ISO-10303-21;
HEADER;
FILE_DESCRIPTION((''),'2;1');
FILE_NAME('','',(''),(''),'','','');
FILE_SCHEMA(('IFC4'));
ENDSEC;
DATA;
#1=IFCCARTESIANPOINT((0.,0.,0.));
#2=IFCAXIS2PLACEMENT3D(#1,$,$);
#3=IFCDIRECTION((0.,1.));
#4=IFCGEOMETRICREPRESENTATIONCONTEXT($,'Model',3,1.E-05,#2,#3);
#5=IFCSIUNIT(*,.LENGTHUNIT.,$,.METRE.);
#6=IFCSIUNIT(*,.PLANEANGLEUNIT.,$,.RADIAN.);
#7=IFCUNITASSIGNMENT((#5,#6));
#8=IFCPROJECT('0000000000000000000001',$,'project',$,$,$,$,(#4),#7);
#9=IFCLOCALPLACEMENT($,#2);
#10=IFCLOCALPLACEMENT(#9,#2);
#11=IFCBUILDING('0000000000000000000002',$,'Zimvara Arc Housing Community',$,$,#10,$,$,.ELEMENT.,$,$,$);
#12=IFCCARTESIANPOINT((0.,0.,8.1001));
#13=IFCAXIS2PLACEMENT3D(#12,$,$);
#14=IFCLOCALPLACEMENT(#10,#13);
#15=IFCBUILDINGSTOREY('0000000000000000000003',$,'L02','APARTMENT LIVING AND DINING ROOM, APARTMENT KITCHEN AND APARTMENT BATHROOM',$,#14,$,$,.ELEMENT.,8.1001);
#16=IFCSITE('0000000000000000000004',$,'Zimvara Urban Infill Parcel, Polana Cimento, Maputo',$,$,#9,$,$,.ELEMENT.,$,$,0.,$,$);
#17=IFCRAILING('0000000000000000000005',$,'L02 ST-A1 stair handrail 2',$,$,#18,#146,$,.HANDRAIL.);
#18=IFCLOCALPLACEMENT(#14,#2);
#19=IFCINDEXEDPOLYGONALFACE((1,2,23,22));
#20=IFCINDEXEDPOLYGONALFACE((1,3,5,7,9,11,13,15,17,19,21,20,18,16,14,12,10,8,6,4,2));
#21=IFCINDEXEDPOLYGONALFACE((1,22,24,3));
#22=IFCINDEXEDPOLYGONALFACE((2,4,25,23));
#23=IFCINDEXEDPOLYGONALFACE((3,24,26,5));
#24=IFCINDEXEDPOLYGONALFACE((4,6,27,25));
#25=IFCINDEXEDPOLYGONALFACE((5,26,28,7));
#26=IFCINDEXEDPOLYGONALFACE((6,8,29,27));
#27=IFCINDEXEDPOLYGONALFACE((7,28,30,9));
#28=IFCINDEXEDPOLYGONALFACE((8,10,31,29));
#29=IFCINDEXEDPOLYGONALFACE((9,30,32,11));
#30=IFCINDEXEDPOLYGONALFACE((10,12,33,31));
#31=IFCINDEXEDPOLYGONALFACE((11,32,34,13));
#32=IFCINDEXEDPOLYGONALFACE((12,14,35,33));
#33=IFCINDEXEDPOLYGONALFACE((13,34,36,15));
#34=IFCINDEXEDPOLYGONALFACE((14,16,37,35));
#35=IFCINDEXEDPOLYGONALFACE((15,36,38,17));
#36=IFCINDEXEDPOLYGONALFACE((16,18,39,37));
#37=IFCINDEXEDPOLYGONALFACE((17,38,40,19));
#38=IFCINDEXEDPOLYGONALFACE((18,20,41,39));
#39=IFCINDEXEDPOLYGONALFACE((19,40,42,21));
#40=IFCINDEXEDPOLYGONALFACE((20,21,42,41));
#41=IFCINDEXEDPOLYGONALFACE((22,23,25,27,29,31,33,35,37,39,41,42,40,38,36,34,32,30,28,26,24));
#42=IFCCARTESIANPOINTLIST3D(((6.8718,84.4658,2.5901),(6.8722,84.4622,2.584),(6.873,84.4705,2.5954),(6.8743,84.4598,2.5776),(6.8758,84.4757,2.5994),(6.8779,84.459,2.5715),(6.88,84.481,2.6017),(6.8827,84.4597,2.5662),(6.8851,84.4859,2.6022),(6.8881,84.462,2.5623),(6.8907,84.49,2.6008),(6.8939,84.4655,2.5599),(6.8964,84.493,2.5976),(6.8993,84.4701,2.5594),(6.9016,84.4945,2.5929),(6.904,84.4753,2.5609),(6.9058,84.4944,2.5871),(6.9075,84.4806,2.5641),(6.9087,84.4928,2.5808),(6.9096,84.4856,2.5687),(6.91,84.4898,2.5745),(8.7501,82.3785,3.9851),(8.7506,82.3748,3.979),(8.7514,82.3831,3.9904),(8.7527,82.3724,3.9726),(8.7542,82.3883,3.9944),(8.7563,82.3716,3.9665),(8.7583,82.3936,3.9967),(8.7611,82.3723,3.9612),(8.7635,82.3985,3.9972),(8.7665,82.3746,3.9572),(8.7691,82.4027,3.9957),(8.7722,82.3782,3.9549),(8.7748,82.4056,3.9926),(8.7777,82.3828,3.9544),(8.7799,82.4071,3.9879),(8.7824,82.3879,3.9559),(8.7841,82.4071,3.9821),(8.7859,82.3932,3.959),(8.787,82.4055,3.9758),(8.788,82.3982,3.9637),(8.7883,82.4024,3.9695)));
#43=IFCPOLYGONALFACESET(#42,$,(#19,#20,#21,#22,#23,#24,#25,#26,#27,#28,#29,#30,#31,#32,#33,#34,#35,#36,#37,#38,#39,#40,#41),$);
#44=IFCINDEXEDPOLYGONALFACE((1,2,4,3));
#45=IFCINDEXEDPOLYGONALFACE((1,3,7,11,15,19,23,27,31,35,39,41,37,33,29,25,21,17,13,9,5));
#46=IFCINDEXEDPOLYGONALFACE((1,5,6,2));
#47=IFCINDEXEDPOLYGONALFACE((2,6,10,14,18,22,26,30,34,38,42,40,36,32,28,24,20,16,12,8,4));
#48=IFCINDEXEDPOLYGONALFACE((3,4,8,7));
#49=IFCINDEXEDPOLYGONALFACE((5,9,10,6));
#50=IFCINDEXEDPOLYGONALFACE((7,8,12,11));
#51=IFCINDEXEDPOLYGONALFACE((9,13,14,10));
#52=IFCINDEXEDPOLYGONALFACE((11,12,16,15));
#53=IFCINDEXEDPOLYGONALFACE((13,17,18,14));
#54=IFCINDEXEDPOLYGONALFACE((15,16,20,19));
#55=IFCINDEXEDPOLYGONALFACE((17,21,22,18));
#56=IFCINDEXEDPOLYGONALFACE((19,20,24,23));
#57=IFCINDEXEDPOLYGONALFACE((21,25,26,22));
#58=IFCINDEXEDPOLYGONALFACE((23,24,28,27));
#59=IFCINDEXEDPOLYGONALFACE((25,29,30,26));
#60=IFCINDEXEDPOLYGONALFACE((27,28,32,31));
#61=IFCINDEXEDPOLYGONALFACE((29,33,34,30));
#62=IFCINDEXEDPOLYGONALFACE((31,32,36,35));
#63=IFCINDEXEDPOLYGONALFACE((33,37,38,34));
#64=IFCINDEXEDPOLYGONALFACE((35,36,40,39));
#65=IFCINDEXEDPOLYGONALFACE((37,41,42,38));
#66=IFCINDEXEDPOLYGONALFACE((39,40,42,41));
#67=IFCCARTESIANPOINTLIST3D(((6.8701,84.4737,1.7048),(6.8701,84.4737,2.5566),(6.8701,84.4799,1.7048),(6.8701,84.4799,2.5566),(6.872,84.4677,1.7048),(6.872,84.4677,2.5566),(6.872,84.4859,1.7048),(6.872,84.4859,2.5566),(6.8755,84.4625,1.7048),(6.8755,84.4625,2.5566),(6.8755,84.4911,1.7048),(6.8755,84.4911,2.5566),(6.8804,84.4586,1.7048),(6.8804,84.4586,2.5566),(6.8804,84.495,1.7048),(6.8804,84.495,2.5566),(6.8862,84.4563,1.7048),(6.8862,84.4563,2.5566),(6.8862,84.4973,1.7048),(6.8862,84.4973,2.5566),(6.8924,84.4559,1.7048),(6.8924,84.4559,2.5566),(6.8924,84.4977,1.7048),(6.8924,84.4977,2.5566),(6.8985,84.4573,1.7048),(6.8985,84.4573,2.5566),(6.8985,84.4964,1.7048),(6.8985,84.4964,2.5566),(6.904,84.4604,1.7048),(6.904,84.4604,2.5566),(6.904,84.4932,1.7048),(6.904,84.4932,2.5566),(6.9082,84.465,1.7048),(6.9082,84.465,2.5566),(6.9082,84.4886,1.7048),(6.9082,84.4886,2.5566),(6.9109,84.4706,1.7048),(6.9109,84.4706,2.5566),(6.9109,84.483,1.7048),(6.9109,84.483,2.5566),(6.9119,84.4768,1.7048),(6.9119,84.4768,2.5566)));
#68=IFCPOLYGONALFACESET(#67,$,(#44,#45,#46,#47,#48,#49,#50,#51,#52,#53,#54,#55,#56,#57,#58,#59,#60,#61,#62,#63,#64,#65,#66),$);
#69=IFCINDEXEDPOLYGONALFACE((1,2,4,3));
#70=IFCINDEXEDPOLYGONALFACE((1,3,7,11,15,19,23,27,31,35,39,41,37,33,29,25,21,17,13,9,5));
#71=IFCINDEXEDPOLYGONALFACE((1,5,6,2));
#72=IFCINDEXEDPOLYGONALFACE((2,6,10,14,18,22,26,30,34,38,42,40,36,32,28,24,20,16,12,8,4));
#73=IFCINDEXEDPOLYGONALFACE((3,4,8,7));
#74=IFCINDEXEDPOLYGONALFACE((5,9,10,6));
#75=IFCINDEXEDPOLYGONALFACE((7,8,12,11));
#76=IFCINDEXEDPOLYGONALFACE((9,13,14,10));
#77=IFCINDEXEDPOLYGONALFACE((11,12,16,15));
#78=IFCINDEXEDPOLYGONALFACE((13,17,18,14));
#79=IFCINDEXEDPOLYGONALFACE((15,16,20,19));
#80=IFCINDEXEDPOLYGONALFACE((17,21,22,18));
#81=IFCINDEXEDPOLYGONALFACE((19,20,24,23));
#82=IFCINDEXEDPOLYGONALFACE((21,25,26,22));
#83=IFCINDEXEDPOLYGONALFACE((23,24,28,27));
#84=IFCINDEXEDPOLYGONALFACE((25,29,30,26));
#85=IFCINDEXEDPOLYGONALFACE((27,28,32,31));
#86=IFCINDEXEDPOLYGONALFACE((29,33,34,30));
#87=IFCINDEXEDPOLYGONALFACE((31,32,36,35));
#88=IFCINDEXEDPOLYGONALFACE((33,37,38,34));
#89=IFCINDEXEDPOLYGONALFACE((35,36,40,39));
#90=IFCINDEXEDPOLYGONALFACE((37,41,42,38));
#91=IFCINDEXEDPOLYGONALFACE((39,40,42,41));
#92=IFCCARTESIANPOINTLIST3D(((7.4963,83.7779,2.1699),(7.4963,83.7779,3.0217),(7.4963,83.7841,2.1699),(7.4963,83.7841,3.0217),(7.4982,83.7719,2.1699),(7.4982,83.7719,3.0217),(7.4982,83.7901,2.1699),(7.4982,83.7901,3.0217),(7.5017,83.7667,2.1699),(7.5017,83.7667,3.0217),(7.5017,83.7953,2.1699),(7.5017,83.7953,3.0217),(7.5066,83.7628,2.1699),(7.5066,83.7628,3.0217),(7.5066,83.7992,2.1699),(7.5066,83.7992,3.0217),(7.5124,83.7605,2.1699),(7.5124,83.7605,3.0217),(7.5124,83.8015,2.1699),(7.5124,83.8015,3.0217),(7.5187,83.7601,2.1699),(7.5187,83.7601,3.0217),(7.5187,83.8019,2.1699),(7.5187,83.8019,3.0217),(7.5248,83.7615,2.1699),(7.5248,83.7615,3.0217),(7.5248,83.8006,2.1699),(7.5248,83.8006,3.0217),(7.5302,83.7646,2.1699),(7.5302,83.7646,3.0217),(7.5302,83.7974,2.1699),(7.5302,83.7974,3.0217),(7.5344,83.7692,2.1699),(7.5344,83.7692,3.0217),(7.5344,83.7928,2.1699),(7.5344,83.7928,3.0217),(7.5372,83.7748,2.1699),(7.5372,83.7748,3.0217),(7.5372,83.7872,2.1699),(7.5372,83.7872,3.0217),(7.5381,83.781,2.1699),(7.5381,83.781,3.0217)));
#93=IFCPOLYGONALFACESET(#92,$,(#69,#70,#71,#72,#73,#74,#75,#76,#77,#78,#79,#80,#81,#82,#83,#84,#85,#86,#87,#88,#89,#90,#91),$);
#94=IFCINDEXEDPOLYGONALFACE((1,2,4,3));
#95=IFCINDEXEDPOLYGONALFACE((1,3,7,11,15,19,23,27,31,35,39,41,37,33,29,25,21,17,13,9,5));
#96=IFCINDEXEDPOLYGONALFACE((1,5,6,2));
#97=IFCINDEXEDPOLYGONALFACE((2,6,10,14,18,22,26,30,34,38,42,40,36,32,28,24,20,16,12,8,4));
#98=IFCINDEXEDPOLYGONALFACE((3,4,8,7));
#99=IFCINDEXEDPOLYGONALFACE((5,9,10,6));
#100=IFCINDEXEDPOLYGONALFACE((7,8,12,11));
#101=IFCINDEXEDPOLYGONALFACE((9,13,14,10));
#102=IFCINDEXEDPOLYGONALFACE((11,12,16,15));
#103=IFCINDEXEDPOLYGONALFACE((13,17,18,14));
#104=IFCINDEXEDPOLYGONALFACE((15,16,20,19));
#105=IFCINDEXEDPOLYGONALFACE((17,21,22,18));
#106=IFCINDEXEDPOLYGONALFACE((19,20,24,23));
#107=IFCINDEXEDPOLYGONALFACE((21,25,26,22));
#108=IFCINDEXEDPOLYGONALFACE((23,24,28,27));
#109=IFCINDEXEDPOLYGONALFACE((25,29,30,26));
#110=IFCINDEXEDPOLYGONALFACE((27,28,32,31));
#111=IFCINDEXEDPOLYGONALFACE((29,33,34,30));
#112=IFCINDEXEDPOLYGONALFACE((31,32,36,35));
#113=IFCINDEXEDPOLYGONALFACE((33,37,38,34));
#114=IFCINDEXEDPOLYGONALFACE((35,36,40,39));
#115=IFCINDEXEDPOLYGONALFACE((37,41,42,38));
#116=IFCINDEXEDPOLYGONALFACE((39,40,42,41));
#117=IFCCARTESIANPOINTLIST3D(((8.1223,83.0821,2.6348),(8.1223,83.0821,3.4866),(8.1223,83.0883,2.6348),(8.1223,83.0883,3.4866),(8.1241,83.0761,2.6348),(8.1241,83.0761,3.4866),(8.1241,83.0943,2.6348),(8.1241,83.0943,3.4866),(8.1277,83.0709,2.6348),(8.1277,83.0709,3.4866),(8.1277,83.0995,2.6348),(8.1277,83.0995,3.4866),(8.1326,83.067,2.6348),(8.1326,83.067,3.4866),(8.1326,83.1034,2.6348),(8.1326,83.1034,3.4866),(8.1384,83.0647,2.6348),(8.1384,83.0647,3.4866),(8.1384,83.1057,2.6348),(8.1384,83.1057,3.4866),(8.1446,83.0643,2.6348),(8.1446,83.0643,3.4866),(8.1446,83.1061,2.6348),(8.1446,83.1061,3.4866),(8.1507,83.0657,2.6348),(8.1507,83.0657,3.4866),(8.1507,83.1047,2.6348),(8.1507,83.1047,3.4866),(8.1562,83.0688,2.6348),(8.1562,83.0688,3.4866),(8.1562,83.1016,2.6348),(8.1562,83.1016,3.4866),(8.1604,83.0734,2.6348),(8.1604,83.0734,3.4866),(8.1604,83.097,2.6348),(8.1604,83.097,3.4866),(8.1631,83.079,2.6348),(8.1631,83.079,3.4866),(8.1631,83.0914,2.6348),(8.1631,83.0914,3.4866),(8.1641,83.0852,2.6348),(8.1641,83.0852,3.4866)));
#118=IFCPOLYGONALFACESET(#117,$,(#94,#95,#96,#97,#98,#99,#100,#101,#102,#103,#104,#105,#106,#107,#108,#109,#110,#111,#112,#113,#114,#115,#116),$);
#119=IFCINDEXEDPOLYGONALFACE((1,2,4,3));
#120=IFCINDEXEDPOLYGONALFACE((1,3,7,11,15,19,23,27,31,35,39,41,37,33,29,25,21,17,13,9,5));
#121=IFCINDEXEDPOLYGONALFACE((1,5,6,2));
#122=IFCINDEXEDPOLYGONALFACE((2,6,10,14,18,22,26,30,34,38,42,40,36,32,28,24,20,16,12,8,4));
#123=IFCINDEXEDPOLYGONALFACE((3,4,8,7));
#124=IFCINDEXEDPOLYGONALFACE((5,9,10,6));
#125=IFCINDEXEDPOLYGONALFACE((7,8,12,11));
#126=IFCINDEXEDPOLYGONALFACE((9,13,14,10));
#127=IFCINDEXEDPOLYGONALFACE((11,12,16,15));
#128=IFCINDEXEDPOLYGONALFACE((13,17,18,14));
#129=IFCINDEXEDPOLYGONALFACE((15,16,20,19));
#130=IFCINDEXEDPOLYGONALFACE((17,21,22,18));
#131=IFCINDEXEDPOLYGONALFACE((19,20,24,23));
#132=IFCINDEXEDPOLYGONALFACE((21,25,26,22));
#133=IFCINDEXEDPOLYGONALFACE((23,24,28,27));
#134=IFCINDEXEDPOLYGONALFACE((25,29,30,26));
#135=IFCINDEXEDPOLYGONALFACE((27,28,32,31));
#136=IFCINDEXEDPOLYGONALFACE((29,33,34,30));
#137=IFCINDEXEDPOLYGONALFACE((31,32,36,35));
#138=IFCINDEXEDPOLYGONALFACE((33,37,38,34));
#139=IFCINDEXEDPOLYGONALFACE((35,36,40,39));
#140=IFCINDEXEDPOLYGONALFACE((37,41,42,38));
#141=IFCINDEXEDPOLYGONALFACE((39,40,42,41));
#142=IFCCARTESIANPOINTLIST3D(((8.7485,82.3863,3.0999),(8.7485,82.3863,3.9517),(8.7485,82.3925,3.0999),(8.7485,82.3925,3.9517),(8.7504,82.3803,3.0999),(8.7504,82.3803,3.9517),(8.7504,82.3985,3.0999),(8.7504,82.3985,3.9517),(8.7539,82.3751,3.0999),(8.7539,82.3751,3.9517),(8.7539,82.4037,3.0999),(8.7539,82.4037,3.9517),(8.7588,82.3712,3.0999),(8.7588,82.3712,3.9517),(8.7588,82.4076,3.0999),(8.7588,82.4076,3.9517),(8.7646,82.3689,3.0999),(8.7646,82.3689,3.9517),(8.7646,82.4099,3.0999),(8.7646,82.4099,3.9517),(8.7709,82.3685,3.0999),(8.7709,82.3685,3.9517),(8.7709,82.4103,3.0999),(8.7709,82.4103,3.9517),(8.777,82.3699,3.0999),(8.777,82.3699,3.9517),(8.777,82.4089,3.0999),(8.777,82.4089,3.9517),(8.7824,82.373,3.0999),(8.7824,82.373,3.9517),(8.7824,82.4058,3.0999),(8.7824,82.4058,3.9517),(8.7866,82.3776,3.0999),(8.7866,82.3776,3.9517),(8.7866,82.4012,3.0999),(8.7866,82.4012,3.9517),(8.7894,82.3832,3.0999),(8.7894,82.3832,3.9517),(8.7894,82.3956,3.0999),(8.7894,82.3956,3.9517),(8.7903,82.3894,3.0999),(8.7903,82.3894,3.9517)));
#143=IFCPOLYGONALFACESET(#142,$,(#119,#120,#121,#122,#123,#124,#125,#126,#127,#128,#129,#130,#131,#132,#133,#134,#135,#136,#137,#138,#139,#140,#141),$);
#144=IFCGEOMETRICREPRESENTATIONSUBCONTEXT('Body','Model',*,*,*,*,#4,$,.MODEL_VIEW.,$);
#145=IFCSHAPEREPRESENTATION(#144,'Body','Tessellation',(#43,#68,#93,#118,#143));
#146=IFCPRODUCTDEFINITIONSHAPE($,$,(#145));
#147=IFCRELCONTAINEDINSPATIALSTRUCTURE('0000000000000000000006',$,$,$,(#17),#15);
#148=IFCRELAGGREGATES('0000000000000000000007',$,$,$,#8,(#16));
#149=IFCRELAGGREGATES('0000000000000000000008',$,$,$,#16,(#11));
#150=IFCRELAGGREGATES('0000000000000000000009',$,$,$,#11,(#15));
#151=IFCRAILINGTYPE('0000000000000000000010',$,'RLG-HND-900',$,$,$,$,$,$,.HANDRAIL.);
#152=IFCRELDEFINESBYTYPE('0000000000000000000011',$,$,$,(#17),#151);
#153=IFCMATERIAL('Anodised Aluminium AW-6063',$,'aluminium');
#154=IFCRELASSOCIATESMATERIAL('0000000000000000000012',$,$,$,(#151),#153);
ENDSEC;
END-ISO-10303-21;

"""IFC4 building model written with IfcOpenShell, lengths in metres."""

from ifc_helpers import new_model, si_unit, direction, frame, origin, origin_2d, place, context, subcontext, project, spatial, circle, extrude, material, type_object, element, save


model = new_model("IFC4")

# Units and contexts
model_context = context("Model", 3, precision=1e-05, world=origin(), true_north=direction((0.0, 1.0)))
body_context = subcontext(model_context, "Body", "Model", "MODEL_VIEW")
ifc_project = project(units=[si_unit("LENGTHUNIT", "METRE"), si_unit("PLANEANGLEUNIT", "RADIAN")], contexts=[model_context])

# Site, building, storey
site_placement = place(None, origin())
site = spatial("IfcSite", under=ifc_project, at=site_placement, Name="Zimvara Urban Infill Parcel, Polana Cimento, Maputo", CompositionType="ELEMENT", RefElevation=0.0)
building_placement = place(site_placement, origin())
building = spatial("IfcBuilding", under=site, at=building_placement, Name="Zimvara Arc Housing Community", CompositionType="ELEMENT")
storey_placement = place(building_placement, frame((0.0, 0.0, 8.1001)))
storey = spatial("IfcBuildingStorey", under=building, at=storey_placement, Name="L02", Description="APARTMENT LIVING AND DINING ROOM, APARTMENT KITCHEN AND APARTMENT BATHROOM", CompositionType="ELEMENT", Elevation=8.1001)

# Railing
ifc_material_1 = material(Name="Anodised Aluminium AW-6063", Category="aluminium")
railing_type_1 = type_object("IfcRailingType", Name="RLG-HND-900", PredefinedType="HANDRAIL", material=ifc_material_1)
railing_1_placement = place(storey_placement, frame((6.8909, 84.4768, 1.7048)))
element("IfcRailing", 1, at=railing_1_placement, inside=storey, type_object=railing_type_1, Name="L02 ST-A1 stair handrail 2", PredefinedType="HANDRAIL", context=body_context, shape_type="SweptSolid", body=[
    extrude(circle(Radius=0.0239, at=origin_2d()), frame((0.0, 0.0, 0.876), z_axis=(0.599068, -0.665718, 0.444902), x_axis=(0.743337, 0.668917, 0.0)), (0.0, 0.0, 1.0), 3.1355),
    extrude(circle(Radius=0.021, at=origin_2d()), origin(), (0.0, 0.0, 1.0), 0.8518),
    extrude(circle(Radius=0.021, at=origin_2d()), frame((0.6262, -0.6958, 0.4651)), (0.0, 0.0, 1.0), 0.8518),
    extrude(circle(Radius=0.021, at=origin_2d()), frame((1.2522, -1.3916, 0.9299)), (0.0, 0.0, 1.0), 0.8518),
    extrude(circle(Radius=0.021, at=origin_2d()), frame((1.8784, -2.0874, 1.395)), (0.0, 0.0, 1.0), 0.8518),
])

save(model, "model.ifc")
